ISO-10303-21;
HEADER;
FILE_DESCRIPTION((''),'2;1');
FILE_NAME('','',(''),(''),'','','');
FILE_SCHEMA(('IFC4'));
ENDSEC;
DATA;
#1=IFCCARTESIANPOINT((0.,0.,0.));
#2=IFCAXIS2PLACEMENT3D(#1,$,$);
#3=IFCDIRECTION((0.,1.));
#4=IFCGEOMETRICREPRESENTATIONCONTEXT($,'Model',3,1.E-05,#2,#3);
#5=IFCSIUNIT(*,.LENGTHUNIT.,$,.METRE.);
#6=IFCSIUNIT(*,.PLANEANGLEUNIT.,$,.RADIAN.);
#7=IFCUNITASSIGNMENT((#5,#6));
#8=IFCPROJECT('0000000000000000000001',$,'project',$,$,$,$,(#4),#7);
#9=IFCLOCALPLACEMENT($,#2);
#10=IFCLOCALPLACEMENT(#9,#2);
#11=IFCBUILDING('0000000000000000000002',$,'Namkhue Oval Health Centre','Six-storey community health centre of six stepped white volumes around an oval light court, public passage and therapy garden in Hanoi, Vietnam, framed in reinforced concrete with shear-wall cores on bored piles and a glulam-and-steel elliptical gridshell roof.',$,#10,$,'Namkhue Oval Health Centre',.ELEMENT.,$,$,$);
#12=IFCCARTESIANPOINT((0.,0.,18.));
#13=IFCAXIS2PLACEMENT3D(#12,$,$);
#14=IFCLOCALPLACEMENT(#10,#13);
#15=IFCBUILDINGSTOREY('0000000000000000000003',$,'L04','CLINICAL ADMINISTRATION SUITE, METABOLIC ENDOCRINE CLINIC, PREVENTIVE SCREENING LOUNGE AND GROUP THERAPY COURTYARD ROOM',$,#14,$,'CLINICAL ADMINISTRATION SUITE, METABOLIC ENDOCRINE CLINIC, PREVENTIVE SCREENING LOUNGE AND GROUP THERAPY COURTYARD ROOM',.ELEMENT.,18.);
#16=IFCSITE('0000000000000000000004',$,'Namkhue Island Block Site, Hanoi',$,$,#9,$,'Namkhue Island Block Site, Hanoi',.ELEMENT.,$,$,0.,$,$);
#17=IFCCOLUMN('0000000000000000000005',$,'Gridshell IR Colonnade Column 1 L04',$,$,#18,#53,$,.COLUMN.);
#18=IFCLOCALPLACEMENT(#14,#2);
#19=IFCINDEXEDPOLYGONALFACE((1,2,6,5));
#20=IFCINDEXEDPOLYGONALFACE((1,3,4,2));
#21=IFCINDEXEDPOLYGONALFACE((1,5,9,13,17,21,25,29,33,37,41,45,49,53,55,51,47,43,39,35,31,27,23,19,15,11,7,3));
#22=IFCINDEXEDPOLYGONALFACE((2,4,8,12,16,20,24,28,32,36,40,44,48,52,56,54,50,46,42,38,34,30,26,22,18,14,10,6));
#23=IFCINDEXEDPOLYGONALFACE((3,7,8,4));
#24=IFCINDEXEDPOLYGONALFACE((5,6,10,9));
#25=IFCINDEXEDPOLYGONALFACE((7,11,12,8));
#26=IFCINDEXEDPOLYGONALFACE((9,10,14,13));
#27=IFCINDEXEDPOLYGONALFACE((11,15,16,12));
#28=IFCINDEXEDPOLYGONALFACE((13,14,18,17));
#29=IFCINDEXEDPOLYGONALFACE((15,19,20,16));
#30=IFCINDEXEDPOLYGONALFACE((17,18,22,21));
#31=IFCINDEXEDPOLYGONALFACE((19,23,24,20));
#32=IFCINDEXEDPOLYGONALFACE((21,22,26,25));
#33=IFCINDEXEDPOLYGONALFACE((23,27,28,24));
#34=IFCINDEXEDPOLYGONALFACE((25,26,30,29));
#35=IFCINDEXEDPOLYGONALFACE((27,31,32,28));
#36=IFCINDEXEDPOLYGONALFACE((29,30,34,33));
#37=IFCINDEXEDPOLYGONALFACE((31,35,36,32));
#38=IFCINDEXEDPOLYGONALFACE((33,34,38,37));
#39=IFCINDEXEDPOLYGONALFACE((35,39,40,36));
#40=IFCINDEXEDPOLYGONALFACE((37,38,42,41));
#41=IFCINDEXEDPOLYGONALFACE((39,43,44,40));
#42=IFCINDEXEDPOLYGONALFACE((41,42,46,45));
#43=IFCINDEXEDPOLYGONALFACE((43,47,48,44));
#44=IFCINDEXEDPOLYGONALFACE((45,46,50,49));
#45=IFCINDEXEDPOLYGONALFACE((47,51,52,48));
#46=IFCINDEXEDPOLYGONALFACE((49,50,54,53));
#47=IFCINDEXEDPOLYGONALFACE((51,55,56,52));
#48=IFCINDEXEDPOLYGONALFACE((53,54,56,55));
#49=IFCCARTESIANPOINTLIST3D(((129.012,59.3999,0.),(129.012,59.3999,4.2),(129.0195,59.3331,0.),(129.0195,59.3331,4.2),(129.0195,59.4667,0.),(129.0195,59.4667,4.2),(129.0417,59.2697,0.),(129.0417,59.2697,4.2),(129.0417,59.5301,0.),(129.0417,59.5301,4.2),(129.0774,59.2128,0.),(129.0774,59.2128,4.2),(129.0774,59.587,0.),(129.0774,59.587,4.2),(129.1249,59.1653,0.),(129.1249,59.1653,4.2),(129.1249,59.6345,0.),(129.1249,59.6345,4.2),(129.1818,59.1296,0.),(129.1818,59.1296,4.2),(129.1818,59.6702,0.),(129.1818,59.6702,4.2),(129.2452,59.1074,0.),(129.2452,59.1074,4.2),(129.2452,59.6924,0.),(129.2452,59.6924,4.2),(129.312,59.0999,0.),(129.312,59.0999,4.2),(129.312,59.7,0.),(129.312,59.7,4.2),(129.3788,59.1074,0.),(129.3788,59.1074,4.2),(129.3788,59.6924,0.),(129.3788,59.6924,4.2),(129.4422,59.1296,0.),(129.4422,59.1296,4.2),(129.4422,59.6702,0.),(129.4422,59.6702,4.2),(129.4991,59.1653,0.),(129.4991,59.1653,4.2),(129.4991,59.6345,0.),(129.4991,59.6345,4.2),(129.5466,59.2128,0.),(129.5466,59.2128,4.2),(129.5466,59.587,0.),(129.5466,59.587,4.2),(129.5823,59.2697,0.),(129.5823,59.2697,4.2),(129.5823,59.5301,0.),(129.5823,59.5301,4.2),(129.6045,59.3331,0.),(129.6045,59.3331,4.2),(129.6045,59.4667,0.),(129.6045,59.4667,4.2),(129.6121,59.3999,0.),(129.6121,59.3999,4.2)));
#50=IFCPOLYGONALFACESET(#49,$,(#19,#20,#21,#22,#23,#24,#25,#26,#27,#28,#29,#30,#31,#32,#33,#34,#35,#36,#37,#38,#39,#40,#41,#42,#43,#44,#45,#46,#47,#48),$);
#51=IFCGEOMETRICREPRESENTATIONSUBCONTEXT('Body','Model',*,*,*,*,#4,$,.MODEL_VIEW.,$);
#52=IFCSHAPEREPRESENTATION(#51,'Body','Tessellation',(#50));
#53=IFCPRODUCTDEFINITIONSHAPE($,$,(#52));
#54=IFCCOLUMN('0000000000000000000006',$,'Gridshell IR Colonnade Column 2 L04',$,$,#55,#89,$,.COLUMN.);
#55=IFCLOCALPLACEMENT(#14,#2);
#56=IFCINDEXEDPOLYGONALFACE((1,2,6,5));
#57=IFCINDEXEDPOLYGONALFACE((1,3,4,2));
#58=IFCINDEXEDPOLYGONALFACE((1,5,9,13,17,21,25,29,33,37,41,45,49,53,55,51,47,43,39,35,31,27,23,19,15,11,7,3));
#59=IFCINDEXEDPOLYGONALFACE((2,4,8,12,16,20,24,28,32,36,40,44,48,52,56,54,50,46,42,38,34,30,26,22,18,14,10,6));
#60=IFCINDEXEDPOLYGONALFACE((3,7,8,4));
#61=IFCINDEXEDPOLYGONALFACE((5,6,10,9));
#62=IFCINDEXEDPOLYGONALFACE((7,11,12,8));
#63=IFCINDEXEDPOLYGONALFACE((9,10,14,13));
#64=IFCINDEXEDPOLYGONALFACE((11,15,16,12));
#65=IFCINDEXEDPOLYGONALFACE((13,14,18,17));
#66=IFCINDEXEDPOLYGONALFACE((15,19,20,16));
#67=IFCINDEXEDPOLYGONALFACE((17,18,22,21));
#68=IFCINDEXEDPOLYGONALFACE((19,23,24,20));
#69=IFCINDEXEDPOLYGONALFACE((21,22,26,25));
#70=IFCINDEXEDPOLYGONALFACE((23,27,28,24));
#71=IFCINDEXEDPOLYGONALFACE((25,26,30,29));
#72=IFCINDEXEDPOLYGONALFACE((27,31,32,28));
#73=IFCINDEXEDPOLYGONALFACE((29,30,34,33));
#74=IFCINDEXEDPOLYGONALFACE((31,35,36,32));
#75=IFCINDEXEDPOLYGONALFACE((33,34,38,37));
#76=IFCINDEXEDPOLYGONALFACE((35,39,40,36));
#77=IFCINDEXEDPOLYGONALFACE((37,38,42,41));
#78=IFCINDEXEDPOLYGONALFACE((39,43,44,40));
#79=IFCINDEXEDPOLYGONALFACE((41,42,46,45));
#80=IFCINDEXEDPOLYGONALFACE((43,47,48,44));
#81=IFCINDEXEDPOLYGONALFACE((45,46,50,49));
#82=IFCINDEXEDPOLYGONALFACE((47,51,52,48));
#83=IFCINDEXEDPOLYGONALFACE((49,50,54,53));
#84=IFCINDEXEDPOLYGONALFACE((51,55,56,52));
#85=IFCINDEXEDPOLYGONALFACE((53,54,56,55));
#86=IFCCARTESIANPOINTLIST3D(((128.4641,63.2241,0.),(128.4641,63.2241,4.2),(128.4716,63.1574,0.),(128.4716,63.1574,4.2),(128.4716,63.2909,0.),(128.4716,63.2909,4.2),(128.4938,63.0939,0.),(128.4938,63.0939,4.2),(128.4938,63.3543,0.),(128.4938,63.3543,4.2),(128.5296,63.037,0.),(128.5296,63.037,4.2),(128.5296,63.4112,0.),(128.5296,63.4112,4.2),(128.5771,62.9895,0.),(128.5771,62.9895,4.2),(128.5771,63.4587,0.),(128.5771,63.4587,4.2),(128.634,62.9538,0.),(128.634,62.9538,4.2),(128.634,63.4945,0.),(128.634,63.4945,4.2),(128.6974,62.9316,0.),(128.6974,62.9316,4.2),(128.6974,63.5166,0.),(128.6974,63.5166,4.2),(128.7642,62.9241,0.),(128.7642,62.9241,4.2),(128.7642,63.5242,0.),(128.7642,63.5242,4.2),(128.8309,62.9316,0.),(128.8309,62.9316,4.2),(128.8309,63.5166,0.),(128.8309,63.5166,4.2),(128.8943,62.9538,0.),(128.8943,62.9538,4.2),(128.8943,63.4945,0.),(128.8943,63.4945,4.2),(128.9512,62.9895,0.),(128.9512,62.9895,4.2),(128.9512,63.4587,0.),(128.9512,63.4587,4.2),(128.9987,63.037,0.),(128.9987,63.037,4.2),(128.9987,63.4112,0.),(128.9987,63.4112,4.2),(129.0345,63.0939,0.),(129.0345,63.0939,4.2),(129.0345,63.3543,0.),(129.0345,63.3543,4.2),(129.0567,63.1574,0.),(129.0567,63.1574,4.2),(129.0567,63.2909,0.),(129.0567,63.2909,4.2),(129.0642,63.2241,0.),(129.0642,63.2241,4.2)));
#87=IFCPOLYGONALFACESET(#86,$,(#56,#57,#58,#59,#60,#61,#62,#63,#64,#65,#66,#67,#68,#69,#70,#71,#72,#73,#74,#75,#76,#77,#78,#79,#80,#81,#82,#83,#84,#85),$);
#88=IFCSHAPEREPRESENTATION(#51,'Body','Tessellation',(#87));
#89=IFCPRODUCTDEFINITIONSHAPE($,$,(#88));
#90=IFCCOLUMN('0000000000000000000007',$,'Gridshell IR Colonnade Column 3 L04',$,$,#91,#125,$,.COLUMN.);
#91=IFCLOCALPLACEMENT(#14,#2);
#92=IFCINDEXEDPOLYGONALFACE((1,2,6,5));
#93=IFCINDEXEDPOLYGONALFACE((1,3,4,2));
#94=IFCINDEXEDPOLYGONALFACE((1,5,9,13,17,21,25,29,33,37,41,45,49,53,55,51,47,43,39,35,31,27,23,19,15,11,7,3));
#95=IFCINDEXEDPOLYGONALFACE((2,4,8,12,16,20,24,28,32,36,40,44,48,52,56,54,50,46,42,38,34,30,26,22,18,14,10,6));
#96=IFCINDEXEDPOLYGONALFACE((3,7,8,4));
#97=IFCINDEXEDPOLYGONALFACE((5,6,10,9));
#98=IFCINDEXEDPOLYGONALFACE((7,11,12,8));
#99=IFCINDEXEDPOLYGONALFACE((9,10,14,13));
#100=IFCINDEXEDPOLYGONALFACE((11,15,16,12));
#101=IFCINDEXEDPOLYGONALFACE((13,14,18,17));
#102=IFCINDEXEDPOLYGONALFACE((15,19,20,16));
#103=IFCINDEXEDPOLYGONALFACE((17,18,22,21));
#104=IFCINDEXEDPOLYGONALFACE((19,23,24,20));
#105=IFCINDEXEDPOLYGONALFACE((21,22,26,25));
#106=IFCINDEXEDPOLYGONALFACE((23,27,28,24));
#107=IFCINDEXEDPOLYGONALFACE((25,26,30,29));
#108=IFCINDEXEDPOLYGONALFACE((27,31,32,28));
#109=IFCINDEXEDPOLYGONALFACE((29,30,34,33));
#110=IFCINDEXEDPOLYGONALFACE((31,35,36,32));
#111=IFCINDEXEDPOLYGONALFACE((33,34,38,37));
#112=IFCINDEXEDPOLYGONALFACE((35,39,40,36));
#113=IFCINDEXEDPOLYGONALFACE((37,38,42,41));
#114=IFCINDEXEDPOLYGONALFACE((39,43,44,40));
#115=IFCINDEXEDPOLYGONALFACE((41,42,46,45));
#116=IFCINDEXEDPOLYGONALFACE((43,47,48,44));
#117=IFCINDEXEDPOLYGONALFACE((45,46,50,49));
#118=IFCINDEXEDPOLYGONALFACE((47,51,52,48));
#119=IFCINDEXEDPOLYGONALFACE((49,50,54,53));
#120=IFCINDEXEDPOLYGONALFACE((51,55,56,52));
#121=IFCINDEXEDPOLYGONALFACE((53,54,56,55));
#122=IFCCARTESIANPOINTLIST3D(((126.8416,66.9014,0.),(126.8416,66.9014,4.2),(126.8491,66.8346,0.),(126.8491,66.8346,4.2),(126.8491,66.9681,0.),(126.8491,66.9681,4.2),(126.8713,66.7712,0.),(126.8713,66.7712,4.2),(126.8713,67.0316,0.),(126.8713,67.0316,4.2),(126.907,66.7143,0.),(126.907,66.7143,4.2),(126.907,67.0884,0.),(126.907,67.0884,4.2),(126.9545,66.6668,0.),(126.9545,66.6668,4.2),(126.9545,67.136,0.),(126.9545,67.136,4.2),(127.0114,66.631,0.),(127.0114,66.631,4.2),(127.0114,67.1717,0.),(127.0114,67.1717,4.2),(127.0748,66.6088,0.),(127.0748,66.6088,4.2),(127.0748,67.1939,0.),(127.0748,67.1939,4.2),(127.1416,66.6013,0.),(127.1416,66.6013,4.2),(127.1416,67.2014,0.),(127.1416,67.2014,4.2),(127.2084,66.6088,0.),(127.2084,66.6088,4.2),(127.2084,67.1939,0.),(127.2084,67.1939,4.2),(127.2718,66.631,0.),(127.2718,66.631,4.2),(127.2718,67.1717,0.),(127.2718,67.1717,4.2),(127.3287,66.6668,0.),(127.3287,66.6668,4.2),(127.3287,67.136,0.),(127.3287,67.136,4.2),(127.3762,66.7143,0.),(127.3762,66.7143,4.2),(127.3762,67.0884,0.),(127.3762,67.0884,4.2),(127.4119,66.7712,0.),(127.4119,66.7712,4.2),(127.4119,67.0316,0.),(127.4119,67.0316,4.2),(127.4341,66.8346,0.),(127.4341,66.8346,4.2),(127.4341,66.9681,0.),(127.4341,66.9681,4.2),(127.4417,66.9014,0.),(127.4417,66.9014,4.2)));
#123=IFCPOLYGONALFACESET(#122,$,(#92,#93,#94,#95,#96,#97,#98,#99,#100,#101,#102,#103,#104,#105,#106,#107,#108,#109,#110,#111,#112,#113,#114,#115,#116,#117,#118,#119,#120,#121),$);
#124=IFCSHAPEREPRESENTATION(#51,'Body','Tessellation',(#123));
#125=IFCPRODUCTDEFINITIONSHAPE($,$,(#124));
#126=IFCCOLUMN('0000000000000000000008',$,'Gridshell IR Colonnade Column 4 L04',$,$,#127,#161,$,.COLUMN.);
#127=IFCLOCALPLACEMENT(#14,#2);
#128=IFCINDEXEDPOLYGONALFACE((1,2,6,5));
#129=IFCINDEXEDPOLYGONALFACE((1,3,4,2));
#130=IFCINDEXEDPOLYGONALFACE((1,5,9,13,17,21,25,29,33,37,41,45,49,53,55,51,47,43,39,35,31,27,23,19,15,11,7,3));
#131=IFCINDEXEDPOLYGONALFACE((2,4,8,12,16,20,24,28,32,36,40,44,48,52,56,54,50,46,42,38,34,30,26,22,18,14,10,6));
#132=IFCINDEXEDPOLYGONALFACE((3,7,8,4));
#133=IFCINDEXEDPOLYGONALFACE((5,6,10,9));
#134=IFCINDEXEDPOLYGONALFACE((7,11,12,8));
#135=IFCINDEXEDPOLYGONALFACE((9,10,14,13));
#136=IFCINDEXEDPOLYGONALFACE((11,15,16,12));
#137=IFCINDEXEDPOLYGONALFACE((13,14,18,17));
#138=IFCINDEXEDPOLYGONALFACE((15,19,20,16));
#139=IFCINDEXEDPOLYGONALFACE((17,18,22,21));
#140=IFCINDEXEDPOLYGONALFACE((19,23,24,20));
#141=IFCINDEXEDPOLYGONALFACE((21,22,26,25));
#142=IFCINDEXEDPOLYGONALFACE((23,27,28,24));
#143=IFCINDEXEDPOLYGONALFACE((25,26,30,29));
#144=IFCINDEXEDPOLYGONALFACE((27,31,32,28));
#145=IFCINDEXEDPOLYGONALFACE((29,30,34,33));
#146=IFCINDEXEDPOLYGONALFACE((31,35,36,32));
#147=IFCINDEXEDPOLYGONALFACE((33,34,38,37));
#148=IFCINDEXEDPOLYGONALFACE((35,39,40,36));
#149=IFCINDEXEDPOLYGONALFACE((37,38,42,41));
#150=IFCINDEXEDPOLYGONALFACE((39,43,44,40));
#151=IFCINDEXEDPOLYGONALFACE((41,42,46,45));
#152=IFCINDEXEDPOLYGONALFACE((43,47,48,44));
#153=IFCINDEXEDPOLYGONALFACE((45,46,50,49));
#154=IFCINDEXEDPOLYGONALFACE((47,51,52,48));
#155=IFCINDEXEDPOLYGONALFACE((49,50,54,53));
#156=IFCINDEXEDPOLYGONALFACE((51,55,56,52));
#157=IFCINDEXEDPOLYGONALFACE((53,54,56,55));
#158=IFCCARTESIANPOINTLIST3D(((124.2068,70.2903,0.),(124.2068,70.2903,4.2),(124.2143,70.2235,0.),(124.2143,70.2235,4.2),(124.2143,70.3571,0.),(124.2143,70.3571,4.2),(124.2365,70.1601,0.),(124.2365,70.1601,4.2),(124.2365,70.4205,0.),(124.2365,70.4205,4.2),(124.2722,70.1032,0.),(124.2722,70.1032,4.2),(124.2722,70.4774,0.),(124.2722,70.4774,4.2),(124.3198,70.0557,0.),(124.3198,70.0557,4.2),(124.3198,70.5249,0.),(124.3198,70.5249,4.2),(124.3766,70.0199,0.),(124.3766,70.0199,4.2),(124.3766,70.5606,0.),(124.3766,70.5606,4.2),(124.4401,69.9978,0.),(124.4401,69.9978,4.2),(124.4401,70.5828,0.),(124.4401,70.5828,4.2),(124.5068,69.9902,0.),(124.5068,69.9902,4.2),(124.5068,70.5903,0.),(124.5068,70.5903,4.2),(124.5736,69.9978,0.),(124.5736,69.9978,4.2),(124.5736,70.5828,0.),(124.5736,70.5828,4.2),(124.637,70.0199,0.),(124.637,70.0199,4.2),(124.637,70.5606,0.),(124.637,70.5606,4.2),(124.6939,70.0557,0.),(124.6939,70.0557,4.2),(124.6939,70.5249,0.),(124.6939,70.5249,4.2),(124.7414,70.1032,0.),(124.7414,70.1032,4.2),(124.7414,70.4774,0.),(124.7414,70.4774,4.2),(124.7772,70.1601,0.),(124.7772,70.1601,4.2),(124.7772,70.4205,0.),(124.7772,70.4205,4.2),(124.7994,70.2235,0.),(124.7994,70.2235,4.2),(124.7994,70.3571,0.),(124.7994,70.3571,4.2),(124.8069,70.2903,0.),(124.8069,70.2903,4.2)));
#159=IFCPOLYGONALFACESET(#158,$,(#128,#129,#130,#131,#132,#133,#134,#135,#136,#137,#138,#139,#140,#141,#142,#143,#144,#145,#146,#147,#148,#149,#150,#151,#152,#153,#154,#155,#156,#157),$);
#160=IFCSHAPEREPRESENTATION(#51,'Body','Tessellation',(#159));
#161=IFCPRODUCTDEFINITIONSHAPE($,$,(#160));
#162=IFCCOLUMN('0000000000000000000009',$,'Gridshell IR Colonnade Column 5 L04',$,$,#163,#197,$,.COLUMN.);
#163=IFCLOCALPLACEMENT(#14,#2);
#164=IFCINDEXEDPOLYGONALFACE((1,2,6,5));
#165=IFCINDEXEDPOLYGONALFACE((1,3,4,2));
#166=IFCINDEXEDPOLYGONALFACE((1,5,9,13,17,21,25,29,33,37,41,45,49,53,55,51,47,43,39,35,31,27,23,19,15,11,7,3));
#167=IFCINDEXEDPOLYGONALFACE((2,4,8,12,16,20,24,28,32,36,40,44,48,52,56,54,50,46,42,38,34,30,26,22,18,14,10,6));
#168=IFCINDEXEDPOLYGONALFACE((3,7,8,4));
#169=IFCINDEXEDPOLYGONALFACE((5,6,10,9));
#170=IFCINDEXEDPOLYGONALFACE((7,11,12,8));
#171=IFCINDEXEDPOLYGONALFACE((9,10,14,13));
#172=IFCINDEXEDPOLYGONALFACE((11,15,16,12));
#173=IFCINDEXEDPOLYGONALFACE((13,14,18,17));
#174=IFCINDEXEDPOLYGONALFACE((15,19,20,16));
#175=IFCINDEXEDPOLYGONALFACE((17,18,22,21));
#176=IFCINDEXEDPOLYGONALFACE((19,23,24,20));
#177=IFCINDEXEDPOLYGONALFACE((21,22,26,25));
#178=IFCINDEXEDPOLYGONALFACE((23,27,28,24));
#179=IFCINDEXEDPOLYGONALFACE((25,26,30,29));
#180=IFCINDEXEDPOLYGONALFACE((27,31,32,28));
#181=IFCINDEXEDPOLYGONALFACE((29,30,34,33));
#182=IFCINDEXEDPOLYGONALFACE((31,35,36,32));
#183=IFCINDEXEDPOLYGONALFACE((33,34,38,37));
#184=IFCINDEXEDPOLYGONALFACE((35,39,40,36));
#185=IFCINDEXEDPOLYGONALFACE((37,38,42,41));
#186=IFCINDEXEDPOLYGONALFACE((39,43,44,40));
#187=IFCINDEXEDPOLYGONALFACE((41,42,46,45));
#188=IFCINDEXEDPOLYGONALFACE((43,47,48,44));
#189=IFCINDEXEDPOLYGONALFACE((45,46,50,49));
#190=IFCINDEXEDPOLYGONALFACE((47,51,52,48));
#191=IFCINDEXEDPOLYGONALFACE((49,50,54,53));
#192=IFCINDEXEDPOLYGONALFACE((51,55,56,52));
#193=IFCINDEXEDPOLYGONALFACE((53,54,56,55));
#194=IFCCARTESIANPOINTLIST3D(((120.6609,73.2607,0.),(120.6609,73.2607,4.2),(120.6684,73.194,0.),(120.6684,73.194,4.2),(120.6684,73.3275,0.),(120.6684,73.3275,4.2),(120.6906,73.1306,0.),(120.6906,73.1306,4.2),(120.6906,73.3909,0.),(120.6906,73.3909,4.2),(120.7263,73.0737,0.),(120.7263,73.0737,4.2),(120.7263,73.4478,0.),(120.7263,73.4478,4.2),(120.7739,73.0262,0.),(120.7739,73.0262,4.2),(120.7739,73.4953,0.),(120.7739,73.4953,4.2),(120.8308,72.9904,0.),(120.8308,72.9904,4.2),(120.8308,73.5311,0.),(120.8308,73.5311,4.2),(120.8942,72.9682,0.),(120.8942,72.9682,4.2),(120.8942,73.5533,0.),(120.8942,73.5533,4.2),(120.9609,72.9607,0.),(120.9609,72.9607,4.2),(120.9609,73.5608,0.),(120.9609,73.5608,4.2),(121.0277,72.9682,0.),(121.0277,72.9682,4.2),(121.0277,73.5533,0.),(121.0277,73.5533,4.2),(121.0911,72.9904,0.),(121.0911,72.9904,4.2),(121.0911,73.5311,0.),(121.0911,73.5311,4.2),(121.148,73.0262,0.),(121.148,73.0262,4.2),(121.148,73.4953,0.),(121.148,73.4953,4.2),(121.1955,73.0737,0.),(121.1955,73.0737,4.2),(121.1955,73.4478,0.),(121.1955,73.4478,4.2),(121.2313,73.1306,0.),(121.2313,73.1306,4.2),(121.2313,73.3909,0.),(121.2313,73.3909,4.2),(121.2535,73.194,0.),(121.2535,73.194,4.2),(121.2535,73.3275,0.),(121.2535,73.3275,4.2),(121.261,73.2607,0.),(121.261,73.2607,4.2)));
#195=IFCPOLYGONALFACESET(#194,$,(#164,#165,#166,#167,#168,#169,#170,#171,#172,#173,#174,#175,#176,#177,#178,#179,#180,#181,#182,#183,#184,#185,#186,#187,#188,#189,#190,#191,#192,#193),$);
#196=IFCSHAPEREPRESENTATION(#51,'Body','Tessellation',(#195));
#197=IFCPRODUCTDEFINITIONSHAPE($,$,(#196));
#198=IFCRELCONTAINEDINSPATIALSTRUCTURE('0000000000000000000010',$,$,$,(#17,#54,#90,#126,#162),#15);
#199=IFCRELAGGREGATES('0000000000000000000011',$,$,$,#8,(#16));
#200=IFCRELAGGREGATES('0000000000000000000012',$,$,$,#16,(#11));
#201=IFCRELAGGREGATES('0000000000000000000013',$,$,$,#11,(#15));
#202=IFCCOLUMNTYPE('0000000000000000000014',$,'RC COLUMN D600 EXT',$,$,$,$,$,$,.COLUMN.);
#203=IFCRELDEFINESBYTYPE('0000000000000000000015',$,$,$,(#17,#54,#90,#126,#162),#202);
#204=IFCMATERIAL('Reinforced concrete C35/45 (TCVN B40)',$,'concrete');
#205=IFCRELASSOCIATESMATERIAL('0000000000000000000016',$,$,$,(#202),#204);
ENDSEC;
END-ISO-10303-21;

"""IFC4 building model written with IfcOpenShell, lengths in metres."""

from ifc_helpers import new_model, si_unit, direction, frame, origin, origin_2d, place, context, subcontext, project, spatial, circle, extrude, material, material_profile, profile_set, type_object, element, save


model = new_model("IFC4")

# Units and contexts
model_context = context("Model", 3, precision=1e-05, world=origin(), true_north=direction((0.0, 1.0)))
body_context = subcontext(model_context, "Body", "Model", "MODEL_VIEW")
ifc_project = project(units=[si_unit("LENGTHUNIT", "METRE"), si_unit("PLANEANGLEUNIT", "RADIAN")], contexts=[model_context])

# Site, building, storey
site_placement = place(None, origin())
site = spatial("IfcSite", under=ifc_project, at=site_placement, Name="Namkhue Island Block Site, Hanoi", LongName="Namkhue Island Block Site, Hanoi", CompositionType="ELEMENT", RefElevation=0.0)
building_placement = place(site_placement, origin())
building = spatial("IfcBuilding", under=site, at=building_placement, Name="Namkhue Oval Health Centre", Description="Six-storey community health centre of six stepped white volumes around an oval light court, public passage and therapy garden in Hanoi, Vietnam, framed in reinforced concrete with shear-wall cores on bored piles and a glulam-and-steel elliptical gridshell roof.", LongName="Namkhue Oval Health Centre", CompositionType="ELEMENT")
storey_placement = place(building_placement, frame((0.0, 0.0, 18.0)))
storey = spatial("IfcBuildingStorey", under=building, at=storey_placement, Name="L04", Description="CLINICAL ADMINISTRATION SUITE, METABOLIC ENDOCRINE CLINIC, PREVENTIVE SCREENING LOUNGE AND GROUP THERAPY COURTYARD ROOM", LongName="CLINICAL ADMINISTRATION SUITE, METABOLIC ENDOCRINE CLINIC, PREVENTIVE SCREENING LOUNGE AND GROUP THERAPY COURTYARD ROOM", CompositionType="ELEMENT", Elevation=18.0)

# Columns
ifc_material_1 = material(Name="Reinforced concrete C35/45 (TCVN B40)", Category="concrete")
ifc_material_profile_1 = material_profile(ifc_material_1, circle(Radius=0.3, at=origin_2d()), Name="RC D600")
ifc_profile_set_1 = profile_set([ifc_material_profile_1], Name="Reinforced concrete C35/45 (TCVN B40)")
column_type_1 = type_object("IfcColumnType", Name="RC COLUMN D600 EXT", PredefinedType="COLUMN", material=ifc_profile_set_1)
for number, where, z_axis, x_axis, name in (
    (1, (129.312, 59.3999, 0.0), (0.0, 0.0, 1.0), (1.0, 0.0, 0.0), "Gridshell IR Colonnade Column 1 L04"),
    (2, (128.7642, 63.2241, 0.0), (0.0, 0.0, 1.0), (1.0, 0.0, 0.0), "Gridshell IR Colonnade Column 2 L04"),
    (3, (127.1416, 66.9014, 0.0), (0.0, 0.0, 1.0), (1.0, 0.0, 0.0), "Gridshell IR Colonnade Column 3 L04"),
    (4, (124.5068, 70.2903, 0.0), (0.0, 0.0, 1.0), (1.0, 0.0, 0.0), "Gridshell IR Colonnade Column 4 L04"),
    (5, (120.9609, 73.2607, 0.0), (0.0, 0.0, 1.0), (1.0, 0.0, 0.0), "Gridshell IR Colonnade Column 5 L04"),
):
    element("IfcColumn", number, at=place(storey_placement, frame(where, z_axis=z_axis, x_axis=x_axis)), inside=storey, type_object=column_type_1, Name=name, PredefinedType="COLUMN", context=body_context, shape_type="SweptSolid", body=[
        extrude(circle(Radius=0.3, at=origin_2d()), origin(), (0.0, 0.0, 1.0), 4.2),
    ])

save(model, "model.ifc")
